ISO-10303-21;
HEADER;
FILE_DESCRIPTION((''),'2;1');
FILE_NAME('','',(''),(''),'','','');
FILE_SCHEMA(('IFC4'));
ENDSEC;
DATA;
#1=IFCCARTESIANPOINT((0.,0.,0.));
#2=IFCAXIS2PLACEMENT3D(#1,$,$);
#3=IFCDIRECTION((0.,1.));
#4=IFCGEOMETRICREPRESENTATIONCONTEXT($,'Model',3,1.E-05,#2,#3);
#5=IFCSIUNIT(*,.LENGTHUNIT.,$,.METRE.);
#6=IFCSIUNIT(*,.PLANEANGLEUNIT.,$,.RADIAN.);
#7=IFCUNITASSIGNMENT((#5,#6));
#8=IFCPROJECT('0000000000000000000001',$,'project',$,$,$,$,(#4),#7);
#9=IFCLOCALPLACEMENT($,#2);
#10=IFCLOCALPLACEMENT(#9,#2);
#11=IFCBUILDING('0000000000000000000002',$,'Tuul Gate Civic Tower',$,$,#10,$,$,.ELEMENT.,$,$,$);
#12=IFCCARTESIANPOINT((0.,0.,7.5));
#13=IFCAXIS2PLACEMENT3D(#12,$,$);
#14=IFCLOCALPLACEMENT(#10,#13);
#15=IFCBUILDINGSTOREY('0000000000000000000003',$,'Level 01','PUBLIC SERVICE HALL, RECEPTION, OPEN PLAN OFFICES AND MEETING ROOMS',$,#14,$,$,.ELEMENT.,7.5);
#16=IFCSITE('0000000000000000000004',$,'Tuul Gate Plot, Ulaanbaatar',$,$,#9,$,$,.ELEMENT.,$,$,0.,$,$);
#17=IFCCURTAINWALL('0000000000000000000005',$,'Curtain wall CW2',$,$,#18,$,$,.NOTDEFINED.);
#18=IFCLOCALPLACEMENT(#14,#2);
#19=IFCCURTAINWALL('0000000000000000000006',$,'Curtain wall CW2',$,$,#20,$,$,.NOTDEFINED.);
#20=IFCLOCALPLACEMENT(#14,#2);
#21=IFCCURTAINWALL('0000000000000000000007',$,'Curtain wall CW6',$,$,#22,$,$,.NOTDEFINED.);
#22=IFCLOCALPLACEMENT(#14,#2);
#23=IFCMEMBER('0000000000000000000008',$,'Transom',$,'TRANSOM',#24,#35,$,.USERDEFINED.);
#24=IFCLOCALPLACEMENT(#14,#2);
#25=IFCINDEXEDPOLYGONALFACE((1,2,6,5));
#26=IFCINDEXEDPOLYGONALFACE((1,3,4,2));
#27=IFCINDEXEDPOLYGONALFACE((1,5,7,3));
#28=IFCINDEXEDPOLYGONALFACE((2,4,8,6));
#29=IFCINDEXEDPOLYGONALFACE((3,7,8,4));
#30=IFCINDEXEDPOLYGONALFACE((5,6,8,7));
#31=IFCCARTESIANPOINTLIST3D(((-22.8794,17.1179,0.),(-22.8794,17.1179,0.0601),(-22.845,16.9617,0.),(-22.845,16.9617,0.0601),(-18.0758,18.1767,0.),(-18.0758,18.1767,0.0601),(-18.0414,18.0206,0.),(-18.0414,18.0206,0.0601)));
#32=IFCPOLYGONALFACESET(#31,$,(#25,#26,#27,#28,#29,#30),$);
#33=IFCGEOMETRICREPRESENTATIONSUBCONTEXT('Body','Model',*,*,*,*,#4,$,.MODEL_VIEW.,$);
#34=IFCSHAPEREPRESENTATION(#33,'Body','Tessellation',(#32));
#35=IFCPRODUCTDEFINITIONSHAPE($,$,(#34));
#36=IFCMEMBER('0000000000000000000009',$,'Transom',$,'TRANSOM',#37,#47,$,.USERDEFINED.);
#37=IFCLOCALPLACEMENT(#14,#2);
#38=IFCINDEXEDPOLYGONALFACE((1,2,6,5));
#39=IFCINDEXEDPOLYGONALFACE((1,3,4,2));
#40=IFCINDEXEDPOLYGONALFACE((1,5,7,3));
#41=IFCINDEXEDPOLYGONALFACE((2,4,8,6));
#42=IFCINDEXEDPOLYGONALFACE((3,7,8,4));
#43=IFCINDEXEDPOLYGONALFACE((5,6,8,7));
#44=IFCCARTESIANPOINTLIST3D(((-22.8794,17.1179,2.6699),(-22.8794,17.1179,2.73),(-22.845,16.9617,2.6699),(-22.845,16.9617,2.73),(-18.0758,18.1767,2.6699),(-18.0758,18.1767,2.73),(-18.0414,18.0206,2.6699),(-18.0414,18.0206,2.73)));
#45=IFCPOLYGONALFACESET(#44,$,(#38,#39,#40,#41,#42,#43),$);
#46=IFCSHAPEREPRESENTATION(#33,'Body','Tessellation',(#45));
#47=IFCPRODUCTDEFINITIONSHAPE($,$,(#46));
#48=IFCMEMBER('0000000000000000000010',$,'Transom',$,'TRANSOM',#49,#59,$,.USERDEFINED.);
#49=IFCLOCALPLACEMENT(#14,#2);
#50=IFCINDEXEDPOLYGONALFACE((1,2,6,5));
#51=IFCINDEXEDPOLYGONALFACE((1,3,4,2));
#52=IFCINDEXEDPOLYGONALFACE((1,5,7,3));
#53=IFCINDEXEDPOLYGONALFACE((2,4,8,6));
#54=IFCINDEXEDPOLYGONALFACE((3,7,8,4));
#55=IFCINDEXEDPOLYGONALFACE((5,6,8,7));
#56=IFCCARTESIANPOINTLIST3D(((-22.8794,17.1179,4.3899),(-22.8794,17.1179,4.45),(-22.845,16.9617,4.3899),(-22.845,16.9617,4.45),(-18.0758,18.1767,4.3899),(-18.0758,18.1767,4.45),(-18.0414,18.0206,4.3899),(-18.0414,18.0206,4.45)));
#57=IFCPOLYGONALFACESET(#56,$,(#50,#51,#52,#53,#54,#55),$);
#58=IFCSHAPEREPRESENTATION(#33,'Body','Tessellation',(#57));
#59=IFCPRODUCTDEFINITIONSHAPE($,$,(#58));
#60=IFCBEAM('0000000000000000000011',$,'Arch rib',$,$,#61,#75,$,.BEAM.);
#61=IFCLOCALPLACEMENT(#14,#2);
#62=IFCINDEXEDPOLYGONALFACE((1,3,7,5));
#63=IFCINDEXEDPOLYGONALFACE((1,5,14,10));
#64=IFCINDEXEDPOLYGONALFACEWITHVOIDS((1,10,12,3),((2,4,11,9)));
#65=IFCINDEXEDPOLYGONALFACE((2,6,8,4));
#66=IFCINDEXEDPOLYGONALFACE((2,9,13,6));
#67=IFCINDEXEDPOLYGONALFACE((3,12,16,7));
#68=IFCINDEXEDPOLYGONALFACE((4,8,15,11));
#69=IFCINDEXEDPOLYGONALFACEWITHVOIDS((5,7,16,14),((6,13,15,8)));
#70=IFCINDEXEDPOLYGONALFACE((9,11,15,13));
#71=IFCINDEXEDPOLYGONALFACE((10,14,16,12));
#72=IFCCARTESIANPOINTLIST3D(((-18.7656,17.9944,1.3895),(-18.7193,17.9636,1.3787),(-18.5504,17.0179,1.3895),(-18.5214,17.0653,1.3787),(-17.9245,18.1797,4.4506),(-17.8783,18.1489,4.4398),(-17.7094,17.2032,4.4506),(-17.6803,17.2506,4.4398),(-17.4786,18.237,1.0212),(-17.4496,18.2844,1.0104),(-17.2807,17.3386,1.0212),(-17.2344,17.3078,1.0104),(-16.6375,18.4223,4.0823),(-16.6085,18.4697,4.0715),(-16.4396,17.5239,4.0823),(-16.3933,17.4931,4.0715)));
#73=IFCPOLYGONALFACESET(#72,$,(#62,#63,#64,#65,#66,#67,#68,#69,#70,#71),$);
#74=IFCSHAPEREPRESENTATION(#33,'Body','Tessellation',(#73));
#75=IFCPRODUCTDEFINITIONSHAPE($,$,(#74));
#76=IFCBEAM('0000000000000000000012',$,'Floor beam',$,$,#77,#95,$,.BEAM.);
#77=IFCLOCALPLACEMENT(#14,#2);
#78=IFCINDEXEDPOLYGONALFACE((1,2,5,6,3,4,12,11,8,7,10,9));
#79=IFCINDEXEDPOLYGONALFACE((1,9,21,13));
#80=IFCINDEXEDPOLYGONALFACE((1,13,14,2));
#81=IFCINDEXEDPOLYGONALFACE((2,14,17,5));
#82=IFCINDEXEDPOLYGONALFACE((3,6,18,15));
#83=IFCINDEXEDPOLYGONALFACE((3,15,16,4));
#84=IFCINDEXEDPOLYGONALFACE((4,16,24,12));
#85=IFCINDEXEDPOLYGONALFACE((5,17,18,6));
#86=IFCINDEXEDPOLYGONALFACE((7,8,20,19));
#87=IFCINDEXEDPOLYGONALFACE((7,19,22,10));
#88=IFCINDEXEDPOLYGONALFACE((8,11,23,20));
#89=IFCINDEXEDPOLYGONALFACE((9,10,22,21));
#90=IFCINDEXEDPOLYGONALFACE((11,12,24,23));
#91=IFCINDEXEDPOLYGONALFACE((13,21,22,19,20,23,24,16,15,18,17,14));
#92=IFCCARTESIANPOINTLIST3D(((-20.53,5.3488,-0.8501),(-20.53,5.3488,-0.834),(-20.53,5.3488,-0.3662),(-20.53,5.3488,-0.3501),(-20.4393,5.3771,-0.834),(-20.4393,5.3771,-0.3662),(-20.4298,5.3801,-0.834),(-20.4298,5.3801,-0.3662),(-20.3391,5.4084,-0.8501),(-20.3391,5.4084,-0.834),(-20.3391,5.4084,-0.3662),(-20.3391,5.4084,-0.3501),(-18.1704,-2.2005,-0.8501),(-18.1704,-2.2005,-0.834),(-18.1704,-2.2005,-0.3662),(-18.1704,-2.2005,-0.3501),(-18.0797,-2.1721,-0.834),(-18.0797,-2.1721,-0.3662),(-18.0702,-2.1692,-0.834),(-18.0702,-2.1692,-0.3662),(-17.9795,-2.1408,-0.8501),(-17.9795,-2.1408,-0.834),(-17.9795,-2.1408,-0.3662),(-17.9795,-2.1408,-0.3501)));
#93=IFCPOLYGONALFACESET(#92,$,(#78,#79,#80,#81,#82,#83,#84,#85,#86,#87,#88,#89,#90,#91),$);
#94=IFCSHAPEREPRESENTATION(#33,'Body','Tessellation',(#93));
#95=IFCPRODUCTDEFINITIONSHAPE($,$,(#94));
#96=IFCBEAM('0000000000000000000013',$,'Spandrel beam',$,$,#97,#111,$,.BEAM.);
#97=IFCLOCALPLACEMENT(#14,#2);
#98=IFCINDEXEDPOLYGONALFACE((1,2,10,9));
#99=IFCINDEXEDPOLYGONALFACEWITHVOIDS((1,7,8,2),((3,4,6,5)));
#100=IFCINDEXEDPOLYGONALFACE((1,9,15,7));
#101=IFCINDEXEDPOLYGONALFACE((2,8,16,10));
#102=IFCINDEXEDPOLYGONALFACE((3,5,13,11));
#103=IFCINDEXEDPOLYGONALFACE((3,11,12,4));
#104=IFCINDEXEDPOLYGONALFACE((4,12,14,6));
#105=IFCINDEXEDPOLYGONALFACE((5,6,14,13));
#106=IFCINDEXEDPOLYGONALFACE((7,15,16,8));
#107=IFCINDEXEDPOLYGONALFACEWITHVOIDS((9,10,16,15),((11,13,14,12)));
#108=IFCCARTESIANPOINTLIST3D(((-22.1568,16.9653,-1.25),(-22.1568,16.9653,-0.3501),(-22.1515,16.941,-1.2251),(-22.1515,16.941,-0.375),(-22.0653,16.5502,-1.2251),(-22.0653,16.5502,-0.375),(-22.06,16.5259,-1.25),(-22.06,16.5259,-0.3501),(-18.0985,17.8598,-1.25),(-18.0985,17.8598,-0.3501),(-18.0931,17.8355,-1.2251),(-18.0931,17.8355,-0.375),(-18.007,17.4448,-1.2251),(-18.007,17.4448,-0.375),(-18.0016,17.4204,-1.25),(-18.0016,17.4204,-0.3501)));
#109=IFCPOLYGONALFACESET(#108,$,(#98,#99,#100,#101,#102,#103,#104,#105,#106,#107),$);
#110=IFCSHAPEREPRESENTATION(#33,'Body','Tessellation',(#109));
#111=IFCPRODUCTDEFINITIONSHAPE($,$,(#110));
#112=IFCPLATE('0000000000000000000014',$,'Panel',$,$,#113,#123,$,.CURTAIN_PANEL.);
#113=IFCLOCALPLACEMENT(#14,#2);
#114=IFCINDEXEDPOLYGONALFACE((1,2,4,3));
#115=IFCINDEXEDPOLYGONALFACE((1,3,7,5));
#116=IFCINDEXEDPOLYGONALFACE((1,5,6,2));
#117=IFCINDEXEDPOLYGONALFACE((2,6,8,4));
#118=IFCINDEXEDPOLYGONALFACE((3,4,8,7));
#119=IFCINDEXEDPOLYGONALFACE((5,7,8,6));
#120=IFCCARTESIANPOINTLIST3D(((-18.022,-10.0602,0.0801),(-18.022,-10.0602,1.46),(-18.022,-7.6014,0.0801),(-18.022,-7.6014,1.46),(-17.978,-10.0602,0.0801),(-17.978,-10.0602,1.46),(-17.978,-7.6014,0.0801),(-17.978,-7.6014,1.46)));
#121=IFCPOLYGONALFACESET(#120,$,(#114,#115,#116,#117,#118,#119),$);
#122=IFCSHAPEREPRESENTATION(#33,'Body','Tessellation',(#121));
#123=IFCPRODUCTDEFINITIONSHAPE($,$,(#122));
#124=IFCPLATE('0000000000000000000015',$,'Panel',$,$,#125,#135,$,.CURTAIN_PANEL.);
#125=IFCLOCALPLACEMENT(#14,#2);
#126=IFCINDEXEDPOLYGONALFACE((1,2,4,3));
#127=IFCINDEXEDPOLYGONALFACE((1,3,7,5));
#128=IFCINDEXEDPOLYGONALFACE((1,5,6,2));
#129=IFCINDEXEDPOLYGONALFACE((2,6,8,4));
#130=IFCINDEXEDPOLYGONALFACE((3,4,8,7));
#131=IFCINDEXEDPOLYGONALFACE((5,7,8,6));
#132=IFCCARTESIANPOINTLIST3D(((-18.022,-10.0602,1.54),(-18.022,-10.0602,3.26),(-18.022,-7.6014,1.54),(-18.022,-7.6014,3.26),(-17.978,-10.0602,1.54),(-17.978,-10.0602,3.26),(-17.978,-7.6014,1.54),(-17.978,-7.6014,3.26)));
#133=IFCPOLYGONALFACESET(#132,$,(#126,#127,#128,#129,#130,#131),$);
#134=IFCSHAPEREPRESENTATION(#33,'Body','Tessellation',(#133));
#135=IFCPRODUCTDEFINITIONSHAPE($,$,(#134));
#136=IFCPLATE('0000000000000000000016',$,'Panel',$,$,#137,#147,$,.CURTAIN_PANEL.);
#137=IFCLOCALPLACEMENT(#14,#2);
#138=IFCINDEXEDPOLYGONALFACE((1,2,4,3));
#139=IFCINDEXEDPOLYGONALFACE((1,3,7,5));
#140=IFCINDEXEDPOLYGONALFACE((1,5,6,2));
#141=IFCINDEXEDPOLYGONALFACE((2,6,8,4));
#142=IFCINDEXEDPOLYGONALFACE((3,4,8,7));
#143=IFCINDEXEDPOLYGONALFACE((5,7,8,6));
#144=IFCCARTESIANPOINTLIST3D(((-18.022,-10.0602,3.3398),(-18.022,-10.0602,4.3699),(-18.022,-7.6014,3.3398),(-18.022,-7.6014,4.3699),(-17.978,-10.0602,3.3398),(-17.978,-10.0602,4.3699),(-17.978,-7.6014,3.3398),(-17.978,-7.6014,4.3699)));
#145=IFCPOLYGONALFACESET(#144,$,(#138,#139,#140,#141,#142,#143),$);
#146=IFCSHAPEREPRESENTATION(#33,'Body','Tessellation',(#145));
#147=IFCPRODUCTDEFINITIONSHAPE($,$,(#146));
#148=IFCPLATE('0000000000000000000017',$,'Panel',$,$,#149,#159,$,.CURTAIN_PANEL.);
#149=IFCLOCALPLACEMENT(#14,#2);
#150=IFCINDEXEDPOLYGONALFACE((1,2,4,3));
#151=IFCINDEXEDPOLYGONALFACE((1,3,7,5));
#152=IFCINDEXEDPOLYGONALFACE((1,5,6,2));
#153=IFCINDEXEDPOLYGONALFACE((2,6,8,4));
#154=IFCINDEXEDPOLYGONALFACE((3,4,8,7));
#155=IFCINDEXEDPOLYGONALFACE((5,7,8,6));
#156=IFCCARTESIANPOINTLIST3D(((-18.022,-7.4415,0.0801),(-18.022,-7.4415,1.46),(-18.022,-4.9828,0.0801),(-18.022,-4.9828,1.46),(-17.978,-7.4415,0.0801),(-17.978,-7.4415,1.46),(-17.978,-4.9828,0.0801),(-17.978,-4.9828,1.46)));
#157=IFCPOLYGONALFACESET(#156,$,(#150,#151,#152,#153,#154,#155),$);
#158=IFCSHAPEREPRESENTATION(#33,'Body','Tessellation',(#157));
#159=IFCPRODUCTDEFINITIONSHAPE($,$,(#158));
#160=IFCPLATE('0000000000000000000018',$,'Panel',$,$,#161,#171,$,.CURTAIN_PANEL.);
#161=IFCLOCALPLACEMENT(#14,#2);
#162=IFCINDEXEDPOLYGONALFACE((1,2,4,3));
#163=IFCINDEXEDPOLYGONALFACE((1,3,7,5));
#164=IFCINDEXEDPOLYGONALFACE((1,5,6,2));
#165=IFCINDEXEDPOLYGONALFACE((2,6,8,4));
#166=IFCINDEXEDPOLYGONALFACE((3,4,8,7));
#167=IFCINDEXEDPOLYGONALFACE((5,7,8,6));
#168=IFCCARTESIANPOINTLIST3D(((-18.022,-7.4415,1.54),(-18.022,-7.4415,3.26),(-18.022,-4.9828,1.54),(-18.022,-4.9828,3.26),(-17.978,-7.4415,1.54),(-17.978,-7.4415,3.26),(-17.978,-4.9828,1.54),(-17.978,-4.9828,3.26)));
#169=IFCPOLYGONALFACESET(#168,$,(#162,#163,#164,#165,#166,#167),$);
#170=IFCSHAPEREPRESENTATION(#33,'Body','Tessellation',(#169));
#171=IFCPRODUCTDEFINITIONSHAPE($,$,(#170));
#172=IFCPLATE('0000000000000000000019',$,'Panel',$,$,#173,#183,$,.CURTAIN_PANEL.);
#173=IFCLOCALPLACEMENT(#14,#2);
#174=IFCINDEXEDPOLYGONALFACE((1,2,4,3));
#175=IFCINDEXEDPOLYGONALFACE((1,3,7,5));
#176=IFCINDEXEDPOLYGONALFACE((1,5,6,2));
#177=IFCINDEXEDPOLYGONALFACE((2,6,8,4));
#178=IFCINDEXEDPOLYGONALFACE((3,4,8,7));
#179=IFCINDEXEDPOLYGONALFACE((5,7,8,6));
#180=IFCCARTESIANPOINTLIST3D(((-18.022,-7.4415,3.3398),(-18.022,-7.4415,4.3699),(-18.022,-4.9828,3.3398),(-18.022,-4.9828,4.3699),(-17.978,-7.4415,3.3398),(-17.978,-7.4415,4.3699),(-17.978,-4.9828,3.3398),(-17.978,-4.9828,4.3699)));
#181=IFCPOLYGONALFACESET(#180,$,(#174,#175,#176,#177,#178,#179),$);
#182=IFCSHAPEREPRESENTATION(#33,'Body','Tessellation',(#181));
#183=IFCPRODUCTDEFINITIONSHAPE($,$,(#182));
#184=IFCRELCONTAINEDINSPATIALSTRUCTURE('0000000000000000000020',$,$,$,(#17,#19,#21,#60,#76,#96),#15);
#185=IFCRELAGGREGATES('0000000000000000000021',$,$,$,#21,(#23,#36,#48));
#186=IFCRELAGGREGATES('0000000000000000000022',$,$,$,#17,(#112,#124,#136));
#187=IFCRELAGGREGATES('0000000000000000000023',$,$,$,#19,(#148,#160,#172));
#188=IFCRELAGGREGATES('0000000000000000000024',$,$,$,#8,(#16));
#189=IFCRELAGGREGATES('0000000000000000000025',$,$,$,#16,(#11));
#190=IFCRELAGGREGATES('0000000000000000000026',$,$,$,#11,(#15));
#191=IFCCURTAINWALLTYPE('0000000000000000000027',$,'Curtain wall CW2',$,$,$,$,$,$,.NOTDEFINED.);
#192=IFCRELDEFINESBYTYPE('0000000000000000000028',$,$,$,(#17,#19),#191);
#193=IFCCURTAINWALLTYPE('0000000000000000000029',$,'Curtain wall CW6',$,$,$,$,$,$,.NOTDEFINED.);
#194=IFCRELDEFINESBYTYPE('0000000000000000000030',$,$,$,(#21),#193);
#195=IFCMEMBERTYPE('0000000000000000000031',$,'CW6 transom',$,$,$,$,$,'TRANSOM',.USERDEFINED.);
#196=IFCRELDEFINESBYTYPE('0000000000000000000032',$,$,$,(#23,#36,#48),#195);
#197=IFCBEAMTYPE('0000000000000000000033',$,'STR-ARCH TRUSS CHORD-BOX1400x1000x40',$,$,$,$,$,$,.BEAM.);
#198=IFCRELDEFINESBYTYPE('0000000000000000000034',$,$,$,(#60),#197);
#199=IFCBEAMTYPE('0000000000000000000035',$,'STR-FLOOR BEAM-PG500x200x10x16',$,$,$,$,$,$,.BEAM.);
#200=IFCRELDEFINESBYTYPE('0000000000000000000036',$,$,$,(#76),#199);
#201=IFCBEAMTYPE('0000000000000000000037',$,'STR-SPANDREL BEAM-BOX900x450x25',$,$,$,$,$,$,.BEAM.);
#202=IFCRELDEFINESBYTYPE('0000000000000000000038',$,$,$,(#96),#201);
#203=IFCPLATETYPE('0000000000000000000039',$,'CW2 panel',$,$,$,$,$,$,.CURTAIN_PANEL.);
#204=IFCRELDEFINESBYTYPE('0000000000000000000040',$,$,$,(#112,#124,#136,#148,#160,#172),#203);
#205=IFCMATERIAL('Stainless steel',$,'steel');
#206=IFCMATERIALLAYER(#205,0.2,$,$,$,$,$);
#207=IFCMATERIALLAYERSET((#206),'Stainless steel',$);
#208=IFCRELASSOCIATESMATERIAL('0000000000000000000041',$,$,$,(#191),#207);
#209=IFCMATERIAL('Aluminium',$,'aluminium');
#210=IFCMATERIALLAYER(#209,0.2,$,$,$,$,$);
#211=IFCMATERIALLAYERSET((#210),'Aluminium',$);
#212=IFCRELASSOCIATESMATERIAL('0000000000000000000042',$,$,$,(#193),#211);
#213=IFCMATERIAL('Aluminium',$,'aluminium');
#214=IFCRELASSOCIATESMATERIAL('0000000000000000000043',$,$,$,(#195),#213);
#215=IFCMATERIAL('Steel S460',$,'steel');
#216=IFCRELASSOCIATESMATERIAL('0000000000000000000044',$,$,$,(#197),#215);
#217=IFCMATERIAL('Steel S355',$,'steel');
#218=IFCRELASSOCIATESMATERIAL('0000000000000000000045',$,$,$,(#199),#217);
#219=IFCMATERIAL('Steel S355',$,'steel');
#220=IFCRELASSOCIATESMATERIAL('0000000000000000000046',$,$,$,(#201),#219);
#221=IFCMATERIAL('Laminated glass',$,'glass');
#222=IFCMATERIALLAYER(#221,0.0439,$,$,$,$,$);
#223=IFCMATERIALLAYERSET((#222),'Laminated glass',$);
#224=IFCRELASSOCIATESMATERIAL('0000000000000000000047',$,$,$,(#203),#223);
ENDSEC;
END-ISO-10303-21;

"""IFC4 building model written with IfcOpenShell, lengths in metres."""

from ifc_helpers import new_model, si_unit, direction, frame, origin, origin_2d, place, context, subcontext, project, spatial, rectangle, hollow_rectangle, i_section, extrude, material, layer, layer_set, material_profile, profile_set, type_object, element, aggregate, save


model = new_model("IFC4")

# Units and contexts
model_context = context("Model", 3, precision=1e-05, world=origin(), true_north=direction((0.0, 1.0)))
body_context = subcontext(model_context, "Body", "Model", "MODEL_VIEW")
ifc_project = project(units=[si_unit("LENGTHUNIT", "METRE"), si_unit("PLANEANGLEUNIT", "RADIAN")], contexts=[model_context])

# Site, building, storey
site_placement = place(None, origin())
site = spatial("IfcSite", under=ifc_project, at=site_placement, Name="Tuul Gate Plot, Ulaanbaatar", CompositionType="ELEMENT", RefElevation=0.0)
building_placement = place(site_placement, origin())
building = spatial("IfcBuilding", under=site, at=building_placement, Name="Tuul Gate Civic Tower", CompositionType="ELEMENT")
storey_placement = place(building_placement, frame((0.0, 0.0, 7.5)))
storey = spatial("IfcBuildingStorey", under=building, at=storey_placement, Name="Level 01", Description="PUBLIC SERVICE HALL, RECEPTION, OPEN PLAN OFFICES AND MEETING ROOMS", CompositionType="ELEMENT", Elevation=7.5)

# Curtain wall
ifc_material_1 = material(Name="Stainless steel", Category="steel")
ifc_layer_1 = layer(ifc_material_1, 0.2)
ifc_layer_set_1 = layer_set([ifc_layer_1], Name="Stainless steel")
curtain_wall_type_1 = type_object("IfcCurtainWallType", Name="Curtain wall CW2", PredefinedType="NOTDEFINED", material=ifc_layer_set_1)
curtain_wall_1_placement = place(storey_placement, origin())
curtain_wall_1 = element("IfcCurtainWall", 1, at=curtain_wall_1_placement, inside=storey, type_object=curtain_wall_type_1, Name="Curtain wall CW2", PredefinedType="NOTDEFINED")

# Curtain wall
curtain_wall_2_placement = place(storey_placement, origin())
curtain_wall_2 = element("IfcCurtainWall", 2, at=curtain_wall_2_placement, inside=storey, type_object=curtain_wall_type_1, Name="Curtain wall CW2", PredefinedType="NOTDEFINED")

# Curtain wall, members
ifc_material_2 = material(Name="Aluminium", Category="aluminium")
ifc_layer_2 = layer(ifc_material_2, 0.2)
ifc_layer_set_2 = layer_set([ifc_layer_2], Name="Aluminium")
curtain_wall_type_2 = type_object("IfcCurtainWallType", Name="Curtain wall CW6", PredefinedType="NOTDEFINED", material=ifc_layer_set_2)
curtain_wall_3_placement = place(storey_placement, origin())
curtain_wall_3 = element("IfcCurtainWall", 3, at=curtain_wall_3_placement, inside=storey, type_object=curtain_wall_type_2, Name="Curtain wall CW6", PredefinedType="NOTDEFINED")
ifc_material_3 = material(Name="Aluminium", Category="aluminium")
ifc_material_profile_1 = material_profile(ifc_material_3, rectangle(XDim=0.1599, YDim=0.0601, at=origin_2d()), Name="CW6 transom")
ifc_profile_set_1 = profile_set([ifc_material_profile_1], Name="Aluminium")
member_type_1 = type_object("IfcMemberType", Name="CW6 transom", ElementType="TRANSOM", PredefinedType="USERDEFINED", material=ifc_profile_set_1)
member_1_placement = place(storey_placement, frame((-18.0586, 18.0986, 0.03), z_axis=(-0.976558, -0.215254, 0.0), x_axis=(0.215254, -0.976558, 0.0)))
member_1 = element("IfcMember", 4, at=member_1_placement, type_object=member_type_1, Name="Transom", ObjectType="TRANSOM", PredefinedType="USERDEFINED", context=body_context, shape_type="SweptSolid", body=[
    extrude(rectangle(XDim=0.1599, YDim=0.0601, at=origin_2d()), origin(), (0.0, 0.0, 1.0), 4.9189),
])
member_2_placement = place(storey_placement, frame((-18.0586, 18.0986, 2.7), z_axis=(-0.976558, -0.215254, 0.0), x_axis=(0.215254, -0.976558, 0.0)))
member_2 = element("IfcMember", 5, at=member_2_placement, type_object=member_type_1, Name="Transom", ObjectType="TRANSOM", PredefinedType="USERDEFINED", context=body_context, shape_type="SweptSolid", body=[
    extrude(rectangle(XDim=0.1599, YDim=0.0601, at=origin_2d()), origin(), (0.0, 0.0, 1.0), 4.9189),
])
member_3_placement = place(storey_placement, frame((-18.0586, 18.0986, 4.4199), z_axis=(-0.976558, -0.215254, 0.0), x_axis=(0.215254, -0.976558, 0.0)))
member_3 = element("IfcMember", 6, at=member_3_placement, type_object=member_type_1, Name="Transom", ObjectType="TRANSOM", PredefinedType="USERDEFINED", context=body_context, shape_type="SweptSolid", body=[
    extrude(rectangle(XDim=0.1599, YDim=0.0601, at=origin_2d()), origin(), (0.0, 0.0, 1.0), 4.9189),
])
aggregate(curtain_wall_3, [member_1, member_2, member_3])

# Beams
ifc_material_4 = material(Name="Steel S460", Category="steel")
ifc_material_profile_2 = material_profile(ifc_material_4, hollow_rectangle(XDim=1.0, YDim=1.3999, WallThickness=0.04, at=origin_2d()), Name="BOX1400x1000x40")
ifc_profile_set_2 = profile_set([ifc_material_profile_2], Name="Steel S460")
beam_type_1 = type_object("IfcBeamType", Name="STR-ARCH TRUSS CHORD-BOX1400x1000x40", PredefinedType="BEAM", material=ifc_profile_set_2)
beam_1_placement = place(storey_placement, frame((-18.0, 17.6511, 1.2), z_axis=(0.264495, 0.058273, 0.962625), x_axis=(-0.215159, 0.976579, 0.0)))
element("IfcBeam", 7, at=beam_1_placement, inside=storey, type_object=beam_type_1, Name="Arch rib", PredefinedType="BEAM", context=body_context, shape_type="SweptSolid", body=[
    extrude(hollow_rectangle(XDim=1.0, YDim=1.3999, WallThickness=0.04, at=origin_2d()), origin(), (0.0, 0.0, 1.0), 3.1799),
])
ifc_material_5 = material(Name="Steel S355", Category="steel")
ifc_material_profile_3 = material_profile(ifc_material_5, i_section(OverallWidth=0.2, OverallDepth=0.5, WebThickness=0.01, FlangeThickness=0.0161, at=origin_2d()), Name="PG500x200x10x16")
ifc_profile_set_3 = profile_set([ifc_material_profile_3], Name="Steel S355")
beam_type_2 = type_object("IfcBeamType", Name="STR-FLOOR BEAM-PG500x200x10x16", PredefinedType="BEAM", material=ifc_profile_set_3)
beam_2_placement = place(storey_placement, frame((-18.075, -2.1707, -0.6001), z_axis=(-0.298328, 0.954463, 0.0), x_axis=(-0.954463, -0.298328, 0.0)))
element("IfcBeam", 8, at=beam_2_placement, inside=storey, type_object=beam_type_2, Name="Floor beam", PredefinedType="BEAM", context=body_context, shape_type="SweptSolid", body=[
    extrude(i_section(OverallWidth=0.2, OverallDepth=0.5, WebThickness=0.01, FlangeThickness=0.0161, at=origin_2d()), origin(), (0.0, 0.0, 1.0), 7.9094),
])
ifc_material_6 = material(Name="Steel S355", Category="steel")
ifc_material_profile_4 = material_profile(ifc_material_6, hollow_rectangle(XDim=0.45, YDim=0.8999, WallThickness=0.0249, at=origin_2d()), Name="BOX900x450x25")
ifc_profile_set_4 = profile_set([ifc_material_profile_4], Name="Steel S355")
beam_type_3 = type_object("IfcBeamType", Name="STR-SPANDREL BEAM-BOX900x450x25", PredefinedType="BEAM", material=ifc_profile_set_4)
beam_3_placement = place(storey_placement, frame((-18.05, 17.6401, -0.8), z_axis=(-0.976559, -0.215251, 0.0), x_axis=(0.215251, -0.976559, 0.0)))
element("IfcBeam", 9, at=beam_3_placement, inside=storey, type_object=beam_type_3, Name="Spandrel beam", PredefinedType="BEAM", context=body_context, shape_type="SweptSolid", body=[
    extrude(hollow_rectangle(XDim=0.45, YDim=0.8999, WallThickness=0.0249, at=origin_2d()), origin(), (0.0, 0.0, 1.0), 4.1558),
])

# Plates
ifc_material_7 = material(Name="Laminated glass", Category="glass")
ifc_layer_3 = layer(ifc_material_7, 0.0439)
ifc_layer_set_3 = layer_set([ifc_layer_3], Name="Laminated glass")
plate_type = type_object("IfcPlateType", Name="CW2 panel", PredefinedType="CURTAIN_PANEL", material=ifc_layer_set_3)
plate_1_placement = place(storey_placement, frame((-18.0, -8.8308, 0.0801), z_axis=(0.0, 0.0, 1.0), x_axis=(0.0, 1.0, 0.0)))
plate_1 = element("IfcPlate", 10, at=plate_1_placement, type_object=plate_type, Name="Panel", PredefinedType="CURTAIN_PANEL", context=body_context, shape_type="SweptSolid", body=[
    extrude(rectangle(XDim=2.4587, YDim=0.0439, at=origin_2d()), origin(), (0.0, 0.0, 1.0), 1.3799),
])
plate_2_placement = place(storey_placement, frame((-18.0, -8.8308, 1.54), z_axis=(0.0, 0.0, 1.0), x_axis=(0.0, 1.0, 0.0)))
plate_2 = element("IfcPlate", 11, at=plate_2_placement, type_object=plate_type, Name="Panel", PredefinedType="CURTAIN_PANEL", context=body_context, shape_type="SweptSolid", body=[
    extrude(rectangle(XDim=2.4587, YDim=0.0439, at=origin_2d()), origin(), (0.0, 0.0, 1.0), 1.72),
])
plate_3_placement = place(storey_placement, frame((-18.0, -8.8308, 3.3398), z_axis=(0.0, 0.0, 1.0), x_axis=(0.0, 1.0, 0.0)))
plate_3 = element("IfcPlate", 12, at=plate_3_placement, type_object=plate_type, Name="Panel", PredefinedType="CURTAIN_PANEL", context=body_context, shape_type="SweptSolid", body=[
    extrude(rectangle(XDim=2.4587, YDim=0.0439, at=origin_2d()), origin(), (0.0, 0.0, 1.0), 1.03),
])
aggregate(curtain_wall_1, [plate_1, plate_2, plate_3])
plate_4_placement = place(storey_placement, frame((-18.0, -6.2122, 0.0801), z_axis=(0.0, 0.0, 1.0), x_axis=(0.0, 1.0, 0.0)))
plate_4 = element("IfcPlate", 13, at=plate_4_placement, type_object=plate_type, Name="Panel", PredefinedType="CURTAIN_PANEL", context=body_context, shape_type="SweptSolid", body=[
    extrude(rectangle(XDim=2.4587, YDim=0.0439, at=origin_2d()), origin(), (0.0, 0.0, 1.0), 1.3799),
])
plate_5_placement = place(storey_placement, frame((-18.0, -6.2122, 1.54), z_axis=(0.0, 0.0, 1.0), x_axis=(0.0, 1.0, 0.0)))
plate_5 = element("IfcPlate", 14, at=plate_5_placement, type_object=plate_type, Name="Panel", PredefinedType="CURTAIN_PANEL", context=body_context, shape_type="SweptSolid", body=[
    extrude(rectangle(XDim=2.4587, YDim=0.0439, at=origin_2d()), origin(), (0.0, 0.0, 1.0), 1.72),
])
plate_6_placement = place(storey_placement, frame((-18.0, -6.2122, 3.3398), z_axis=(0.0, 0.0, 1.0), x_axis=(0.0, 1.0, 0.0)))
plate_6 = element("IfcPlate", 15, at=plate_6_placement, type_object=plate_type, Name="Panel", PredefinedType="CURTAIN_PANEL", context=body_context, shape_type="SweptSolid", body=[
    extrude(rectangle(XDim=2.4587, YDim=0.0439, at=origin_2d()), origin(), (0.0, 0.0, 1.0), 1.03),
])
aggregate(curtain_wall_2, [plate_4, plate_5, plate_6])

save(model, "model.ifc")
